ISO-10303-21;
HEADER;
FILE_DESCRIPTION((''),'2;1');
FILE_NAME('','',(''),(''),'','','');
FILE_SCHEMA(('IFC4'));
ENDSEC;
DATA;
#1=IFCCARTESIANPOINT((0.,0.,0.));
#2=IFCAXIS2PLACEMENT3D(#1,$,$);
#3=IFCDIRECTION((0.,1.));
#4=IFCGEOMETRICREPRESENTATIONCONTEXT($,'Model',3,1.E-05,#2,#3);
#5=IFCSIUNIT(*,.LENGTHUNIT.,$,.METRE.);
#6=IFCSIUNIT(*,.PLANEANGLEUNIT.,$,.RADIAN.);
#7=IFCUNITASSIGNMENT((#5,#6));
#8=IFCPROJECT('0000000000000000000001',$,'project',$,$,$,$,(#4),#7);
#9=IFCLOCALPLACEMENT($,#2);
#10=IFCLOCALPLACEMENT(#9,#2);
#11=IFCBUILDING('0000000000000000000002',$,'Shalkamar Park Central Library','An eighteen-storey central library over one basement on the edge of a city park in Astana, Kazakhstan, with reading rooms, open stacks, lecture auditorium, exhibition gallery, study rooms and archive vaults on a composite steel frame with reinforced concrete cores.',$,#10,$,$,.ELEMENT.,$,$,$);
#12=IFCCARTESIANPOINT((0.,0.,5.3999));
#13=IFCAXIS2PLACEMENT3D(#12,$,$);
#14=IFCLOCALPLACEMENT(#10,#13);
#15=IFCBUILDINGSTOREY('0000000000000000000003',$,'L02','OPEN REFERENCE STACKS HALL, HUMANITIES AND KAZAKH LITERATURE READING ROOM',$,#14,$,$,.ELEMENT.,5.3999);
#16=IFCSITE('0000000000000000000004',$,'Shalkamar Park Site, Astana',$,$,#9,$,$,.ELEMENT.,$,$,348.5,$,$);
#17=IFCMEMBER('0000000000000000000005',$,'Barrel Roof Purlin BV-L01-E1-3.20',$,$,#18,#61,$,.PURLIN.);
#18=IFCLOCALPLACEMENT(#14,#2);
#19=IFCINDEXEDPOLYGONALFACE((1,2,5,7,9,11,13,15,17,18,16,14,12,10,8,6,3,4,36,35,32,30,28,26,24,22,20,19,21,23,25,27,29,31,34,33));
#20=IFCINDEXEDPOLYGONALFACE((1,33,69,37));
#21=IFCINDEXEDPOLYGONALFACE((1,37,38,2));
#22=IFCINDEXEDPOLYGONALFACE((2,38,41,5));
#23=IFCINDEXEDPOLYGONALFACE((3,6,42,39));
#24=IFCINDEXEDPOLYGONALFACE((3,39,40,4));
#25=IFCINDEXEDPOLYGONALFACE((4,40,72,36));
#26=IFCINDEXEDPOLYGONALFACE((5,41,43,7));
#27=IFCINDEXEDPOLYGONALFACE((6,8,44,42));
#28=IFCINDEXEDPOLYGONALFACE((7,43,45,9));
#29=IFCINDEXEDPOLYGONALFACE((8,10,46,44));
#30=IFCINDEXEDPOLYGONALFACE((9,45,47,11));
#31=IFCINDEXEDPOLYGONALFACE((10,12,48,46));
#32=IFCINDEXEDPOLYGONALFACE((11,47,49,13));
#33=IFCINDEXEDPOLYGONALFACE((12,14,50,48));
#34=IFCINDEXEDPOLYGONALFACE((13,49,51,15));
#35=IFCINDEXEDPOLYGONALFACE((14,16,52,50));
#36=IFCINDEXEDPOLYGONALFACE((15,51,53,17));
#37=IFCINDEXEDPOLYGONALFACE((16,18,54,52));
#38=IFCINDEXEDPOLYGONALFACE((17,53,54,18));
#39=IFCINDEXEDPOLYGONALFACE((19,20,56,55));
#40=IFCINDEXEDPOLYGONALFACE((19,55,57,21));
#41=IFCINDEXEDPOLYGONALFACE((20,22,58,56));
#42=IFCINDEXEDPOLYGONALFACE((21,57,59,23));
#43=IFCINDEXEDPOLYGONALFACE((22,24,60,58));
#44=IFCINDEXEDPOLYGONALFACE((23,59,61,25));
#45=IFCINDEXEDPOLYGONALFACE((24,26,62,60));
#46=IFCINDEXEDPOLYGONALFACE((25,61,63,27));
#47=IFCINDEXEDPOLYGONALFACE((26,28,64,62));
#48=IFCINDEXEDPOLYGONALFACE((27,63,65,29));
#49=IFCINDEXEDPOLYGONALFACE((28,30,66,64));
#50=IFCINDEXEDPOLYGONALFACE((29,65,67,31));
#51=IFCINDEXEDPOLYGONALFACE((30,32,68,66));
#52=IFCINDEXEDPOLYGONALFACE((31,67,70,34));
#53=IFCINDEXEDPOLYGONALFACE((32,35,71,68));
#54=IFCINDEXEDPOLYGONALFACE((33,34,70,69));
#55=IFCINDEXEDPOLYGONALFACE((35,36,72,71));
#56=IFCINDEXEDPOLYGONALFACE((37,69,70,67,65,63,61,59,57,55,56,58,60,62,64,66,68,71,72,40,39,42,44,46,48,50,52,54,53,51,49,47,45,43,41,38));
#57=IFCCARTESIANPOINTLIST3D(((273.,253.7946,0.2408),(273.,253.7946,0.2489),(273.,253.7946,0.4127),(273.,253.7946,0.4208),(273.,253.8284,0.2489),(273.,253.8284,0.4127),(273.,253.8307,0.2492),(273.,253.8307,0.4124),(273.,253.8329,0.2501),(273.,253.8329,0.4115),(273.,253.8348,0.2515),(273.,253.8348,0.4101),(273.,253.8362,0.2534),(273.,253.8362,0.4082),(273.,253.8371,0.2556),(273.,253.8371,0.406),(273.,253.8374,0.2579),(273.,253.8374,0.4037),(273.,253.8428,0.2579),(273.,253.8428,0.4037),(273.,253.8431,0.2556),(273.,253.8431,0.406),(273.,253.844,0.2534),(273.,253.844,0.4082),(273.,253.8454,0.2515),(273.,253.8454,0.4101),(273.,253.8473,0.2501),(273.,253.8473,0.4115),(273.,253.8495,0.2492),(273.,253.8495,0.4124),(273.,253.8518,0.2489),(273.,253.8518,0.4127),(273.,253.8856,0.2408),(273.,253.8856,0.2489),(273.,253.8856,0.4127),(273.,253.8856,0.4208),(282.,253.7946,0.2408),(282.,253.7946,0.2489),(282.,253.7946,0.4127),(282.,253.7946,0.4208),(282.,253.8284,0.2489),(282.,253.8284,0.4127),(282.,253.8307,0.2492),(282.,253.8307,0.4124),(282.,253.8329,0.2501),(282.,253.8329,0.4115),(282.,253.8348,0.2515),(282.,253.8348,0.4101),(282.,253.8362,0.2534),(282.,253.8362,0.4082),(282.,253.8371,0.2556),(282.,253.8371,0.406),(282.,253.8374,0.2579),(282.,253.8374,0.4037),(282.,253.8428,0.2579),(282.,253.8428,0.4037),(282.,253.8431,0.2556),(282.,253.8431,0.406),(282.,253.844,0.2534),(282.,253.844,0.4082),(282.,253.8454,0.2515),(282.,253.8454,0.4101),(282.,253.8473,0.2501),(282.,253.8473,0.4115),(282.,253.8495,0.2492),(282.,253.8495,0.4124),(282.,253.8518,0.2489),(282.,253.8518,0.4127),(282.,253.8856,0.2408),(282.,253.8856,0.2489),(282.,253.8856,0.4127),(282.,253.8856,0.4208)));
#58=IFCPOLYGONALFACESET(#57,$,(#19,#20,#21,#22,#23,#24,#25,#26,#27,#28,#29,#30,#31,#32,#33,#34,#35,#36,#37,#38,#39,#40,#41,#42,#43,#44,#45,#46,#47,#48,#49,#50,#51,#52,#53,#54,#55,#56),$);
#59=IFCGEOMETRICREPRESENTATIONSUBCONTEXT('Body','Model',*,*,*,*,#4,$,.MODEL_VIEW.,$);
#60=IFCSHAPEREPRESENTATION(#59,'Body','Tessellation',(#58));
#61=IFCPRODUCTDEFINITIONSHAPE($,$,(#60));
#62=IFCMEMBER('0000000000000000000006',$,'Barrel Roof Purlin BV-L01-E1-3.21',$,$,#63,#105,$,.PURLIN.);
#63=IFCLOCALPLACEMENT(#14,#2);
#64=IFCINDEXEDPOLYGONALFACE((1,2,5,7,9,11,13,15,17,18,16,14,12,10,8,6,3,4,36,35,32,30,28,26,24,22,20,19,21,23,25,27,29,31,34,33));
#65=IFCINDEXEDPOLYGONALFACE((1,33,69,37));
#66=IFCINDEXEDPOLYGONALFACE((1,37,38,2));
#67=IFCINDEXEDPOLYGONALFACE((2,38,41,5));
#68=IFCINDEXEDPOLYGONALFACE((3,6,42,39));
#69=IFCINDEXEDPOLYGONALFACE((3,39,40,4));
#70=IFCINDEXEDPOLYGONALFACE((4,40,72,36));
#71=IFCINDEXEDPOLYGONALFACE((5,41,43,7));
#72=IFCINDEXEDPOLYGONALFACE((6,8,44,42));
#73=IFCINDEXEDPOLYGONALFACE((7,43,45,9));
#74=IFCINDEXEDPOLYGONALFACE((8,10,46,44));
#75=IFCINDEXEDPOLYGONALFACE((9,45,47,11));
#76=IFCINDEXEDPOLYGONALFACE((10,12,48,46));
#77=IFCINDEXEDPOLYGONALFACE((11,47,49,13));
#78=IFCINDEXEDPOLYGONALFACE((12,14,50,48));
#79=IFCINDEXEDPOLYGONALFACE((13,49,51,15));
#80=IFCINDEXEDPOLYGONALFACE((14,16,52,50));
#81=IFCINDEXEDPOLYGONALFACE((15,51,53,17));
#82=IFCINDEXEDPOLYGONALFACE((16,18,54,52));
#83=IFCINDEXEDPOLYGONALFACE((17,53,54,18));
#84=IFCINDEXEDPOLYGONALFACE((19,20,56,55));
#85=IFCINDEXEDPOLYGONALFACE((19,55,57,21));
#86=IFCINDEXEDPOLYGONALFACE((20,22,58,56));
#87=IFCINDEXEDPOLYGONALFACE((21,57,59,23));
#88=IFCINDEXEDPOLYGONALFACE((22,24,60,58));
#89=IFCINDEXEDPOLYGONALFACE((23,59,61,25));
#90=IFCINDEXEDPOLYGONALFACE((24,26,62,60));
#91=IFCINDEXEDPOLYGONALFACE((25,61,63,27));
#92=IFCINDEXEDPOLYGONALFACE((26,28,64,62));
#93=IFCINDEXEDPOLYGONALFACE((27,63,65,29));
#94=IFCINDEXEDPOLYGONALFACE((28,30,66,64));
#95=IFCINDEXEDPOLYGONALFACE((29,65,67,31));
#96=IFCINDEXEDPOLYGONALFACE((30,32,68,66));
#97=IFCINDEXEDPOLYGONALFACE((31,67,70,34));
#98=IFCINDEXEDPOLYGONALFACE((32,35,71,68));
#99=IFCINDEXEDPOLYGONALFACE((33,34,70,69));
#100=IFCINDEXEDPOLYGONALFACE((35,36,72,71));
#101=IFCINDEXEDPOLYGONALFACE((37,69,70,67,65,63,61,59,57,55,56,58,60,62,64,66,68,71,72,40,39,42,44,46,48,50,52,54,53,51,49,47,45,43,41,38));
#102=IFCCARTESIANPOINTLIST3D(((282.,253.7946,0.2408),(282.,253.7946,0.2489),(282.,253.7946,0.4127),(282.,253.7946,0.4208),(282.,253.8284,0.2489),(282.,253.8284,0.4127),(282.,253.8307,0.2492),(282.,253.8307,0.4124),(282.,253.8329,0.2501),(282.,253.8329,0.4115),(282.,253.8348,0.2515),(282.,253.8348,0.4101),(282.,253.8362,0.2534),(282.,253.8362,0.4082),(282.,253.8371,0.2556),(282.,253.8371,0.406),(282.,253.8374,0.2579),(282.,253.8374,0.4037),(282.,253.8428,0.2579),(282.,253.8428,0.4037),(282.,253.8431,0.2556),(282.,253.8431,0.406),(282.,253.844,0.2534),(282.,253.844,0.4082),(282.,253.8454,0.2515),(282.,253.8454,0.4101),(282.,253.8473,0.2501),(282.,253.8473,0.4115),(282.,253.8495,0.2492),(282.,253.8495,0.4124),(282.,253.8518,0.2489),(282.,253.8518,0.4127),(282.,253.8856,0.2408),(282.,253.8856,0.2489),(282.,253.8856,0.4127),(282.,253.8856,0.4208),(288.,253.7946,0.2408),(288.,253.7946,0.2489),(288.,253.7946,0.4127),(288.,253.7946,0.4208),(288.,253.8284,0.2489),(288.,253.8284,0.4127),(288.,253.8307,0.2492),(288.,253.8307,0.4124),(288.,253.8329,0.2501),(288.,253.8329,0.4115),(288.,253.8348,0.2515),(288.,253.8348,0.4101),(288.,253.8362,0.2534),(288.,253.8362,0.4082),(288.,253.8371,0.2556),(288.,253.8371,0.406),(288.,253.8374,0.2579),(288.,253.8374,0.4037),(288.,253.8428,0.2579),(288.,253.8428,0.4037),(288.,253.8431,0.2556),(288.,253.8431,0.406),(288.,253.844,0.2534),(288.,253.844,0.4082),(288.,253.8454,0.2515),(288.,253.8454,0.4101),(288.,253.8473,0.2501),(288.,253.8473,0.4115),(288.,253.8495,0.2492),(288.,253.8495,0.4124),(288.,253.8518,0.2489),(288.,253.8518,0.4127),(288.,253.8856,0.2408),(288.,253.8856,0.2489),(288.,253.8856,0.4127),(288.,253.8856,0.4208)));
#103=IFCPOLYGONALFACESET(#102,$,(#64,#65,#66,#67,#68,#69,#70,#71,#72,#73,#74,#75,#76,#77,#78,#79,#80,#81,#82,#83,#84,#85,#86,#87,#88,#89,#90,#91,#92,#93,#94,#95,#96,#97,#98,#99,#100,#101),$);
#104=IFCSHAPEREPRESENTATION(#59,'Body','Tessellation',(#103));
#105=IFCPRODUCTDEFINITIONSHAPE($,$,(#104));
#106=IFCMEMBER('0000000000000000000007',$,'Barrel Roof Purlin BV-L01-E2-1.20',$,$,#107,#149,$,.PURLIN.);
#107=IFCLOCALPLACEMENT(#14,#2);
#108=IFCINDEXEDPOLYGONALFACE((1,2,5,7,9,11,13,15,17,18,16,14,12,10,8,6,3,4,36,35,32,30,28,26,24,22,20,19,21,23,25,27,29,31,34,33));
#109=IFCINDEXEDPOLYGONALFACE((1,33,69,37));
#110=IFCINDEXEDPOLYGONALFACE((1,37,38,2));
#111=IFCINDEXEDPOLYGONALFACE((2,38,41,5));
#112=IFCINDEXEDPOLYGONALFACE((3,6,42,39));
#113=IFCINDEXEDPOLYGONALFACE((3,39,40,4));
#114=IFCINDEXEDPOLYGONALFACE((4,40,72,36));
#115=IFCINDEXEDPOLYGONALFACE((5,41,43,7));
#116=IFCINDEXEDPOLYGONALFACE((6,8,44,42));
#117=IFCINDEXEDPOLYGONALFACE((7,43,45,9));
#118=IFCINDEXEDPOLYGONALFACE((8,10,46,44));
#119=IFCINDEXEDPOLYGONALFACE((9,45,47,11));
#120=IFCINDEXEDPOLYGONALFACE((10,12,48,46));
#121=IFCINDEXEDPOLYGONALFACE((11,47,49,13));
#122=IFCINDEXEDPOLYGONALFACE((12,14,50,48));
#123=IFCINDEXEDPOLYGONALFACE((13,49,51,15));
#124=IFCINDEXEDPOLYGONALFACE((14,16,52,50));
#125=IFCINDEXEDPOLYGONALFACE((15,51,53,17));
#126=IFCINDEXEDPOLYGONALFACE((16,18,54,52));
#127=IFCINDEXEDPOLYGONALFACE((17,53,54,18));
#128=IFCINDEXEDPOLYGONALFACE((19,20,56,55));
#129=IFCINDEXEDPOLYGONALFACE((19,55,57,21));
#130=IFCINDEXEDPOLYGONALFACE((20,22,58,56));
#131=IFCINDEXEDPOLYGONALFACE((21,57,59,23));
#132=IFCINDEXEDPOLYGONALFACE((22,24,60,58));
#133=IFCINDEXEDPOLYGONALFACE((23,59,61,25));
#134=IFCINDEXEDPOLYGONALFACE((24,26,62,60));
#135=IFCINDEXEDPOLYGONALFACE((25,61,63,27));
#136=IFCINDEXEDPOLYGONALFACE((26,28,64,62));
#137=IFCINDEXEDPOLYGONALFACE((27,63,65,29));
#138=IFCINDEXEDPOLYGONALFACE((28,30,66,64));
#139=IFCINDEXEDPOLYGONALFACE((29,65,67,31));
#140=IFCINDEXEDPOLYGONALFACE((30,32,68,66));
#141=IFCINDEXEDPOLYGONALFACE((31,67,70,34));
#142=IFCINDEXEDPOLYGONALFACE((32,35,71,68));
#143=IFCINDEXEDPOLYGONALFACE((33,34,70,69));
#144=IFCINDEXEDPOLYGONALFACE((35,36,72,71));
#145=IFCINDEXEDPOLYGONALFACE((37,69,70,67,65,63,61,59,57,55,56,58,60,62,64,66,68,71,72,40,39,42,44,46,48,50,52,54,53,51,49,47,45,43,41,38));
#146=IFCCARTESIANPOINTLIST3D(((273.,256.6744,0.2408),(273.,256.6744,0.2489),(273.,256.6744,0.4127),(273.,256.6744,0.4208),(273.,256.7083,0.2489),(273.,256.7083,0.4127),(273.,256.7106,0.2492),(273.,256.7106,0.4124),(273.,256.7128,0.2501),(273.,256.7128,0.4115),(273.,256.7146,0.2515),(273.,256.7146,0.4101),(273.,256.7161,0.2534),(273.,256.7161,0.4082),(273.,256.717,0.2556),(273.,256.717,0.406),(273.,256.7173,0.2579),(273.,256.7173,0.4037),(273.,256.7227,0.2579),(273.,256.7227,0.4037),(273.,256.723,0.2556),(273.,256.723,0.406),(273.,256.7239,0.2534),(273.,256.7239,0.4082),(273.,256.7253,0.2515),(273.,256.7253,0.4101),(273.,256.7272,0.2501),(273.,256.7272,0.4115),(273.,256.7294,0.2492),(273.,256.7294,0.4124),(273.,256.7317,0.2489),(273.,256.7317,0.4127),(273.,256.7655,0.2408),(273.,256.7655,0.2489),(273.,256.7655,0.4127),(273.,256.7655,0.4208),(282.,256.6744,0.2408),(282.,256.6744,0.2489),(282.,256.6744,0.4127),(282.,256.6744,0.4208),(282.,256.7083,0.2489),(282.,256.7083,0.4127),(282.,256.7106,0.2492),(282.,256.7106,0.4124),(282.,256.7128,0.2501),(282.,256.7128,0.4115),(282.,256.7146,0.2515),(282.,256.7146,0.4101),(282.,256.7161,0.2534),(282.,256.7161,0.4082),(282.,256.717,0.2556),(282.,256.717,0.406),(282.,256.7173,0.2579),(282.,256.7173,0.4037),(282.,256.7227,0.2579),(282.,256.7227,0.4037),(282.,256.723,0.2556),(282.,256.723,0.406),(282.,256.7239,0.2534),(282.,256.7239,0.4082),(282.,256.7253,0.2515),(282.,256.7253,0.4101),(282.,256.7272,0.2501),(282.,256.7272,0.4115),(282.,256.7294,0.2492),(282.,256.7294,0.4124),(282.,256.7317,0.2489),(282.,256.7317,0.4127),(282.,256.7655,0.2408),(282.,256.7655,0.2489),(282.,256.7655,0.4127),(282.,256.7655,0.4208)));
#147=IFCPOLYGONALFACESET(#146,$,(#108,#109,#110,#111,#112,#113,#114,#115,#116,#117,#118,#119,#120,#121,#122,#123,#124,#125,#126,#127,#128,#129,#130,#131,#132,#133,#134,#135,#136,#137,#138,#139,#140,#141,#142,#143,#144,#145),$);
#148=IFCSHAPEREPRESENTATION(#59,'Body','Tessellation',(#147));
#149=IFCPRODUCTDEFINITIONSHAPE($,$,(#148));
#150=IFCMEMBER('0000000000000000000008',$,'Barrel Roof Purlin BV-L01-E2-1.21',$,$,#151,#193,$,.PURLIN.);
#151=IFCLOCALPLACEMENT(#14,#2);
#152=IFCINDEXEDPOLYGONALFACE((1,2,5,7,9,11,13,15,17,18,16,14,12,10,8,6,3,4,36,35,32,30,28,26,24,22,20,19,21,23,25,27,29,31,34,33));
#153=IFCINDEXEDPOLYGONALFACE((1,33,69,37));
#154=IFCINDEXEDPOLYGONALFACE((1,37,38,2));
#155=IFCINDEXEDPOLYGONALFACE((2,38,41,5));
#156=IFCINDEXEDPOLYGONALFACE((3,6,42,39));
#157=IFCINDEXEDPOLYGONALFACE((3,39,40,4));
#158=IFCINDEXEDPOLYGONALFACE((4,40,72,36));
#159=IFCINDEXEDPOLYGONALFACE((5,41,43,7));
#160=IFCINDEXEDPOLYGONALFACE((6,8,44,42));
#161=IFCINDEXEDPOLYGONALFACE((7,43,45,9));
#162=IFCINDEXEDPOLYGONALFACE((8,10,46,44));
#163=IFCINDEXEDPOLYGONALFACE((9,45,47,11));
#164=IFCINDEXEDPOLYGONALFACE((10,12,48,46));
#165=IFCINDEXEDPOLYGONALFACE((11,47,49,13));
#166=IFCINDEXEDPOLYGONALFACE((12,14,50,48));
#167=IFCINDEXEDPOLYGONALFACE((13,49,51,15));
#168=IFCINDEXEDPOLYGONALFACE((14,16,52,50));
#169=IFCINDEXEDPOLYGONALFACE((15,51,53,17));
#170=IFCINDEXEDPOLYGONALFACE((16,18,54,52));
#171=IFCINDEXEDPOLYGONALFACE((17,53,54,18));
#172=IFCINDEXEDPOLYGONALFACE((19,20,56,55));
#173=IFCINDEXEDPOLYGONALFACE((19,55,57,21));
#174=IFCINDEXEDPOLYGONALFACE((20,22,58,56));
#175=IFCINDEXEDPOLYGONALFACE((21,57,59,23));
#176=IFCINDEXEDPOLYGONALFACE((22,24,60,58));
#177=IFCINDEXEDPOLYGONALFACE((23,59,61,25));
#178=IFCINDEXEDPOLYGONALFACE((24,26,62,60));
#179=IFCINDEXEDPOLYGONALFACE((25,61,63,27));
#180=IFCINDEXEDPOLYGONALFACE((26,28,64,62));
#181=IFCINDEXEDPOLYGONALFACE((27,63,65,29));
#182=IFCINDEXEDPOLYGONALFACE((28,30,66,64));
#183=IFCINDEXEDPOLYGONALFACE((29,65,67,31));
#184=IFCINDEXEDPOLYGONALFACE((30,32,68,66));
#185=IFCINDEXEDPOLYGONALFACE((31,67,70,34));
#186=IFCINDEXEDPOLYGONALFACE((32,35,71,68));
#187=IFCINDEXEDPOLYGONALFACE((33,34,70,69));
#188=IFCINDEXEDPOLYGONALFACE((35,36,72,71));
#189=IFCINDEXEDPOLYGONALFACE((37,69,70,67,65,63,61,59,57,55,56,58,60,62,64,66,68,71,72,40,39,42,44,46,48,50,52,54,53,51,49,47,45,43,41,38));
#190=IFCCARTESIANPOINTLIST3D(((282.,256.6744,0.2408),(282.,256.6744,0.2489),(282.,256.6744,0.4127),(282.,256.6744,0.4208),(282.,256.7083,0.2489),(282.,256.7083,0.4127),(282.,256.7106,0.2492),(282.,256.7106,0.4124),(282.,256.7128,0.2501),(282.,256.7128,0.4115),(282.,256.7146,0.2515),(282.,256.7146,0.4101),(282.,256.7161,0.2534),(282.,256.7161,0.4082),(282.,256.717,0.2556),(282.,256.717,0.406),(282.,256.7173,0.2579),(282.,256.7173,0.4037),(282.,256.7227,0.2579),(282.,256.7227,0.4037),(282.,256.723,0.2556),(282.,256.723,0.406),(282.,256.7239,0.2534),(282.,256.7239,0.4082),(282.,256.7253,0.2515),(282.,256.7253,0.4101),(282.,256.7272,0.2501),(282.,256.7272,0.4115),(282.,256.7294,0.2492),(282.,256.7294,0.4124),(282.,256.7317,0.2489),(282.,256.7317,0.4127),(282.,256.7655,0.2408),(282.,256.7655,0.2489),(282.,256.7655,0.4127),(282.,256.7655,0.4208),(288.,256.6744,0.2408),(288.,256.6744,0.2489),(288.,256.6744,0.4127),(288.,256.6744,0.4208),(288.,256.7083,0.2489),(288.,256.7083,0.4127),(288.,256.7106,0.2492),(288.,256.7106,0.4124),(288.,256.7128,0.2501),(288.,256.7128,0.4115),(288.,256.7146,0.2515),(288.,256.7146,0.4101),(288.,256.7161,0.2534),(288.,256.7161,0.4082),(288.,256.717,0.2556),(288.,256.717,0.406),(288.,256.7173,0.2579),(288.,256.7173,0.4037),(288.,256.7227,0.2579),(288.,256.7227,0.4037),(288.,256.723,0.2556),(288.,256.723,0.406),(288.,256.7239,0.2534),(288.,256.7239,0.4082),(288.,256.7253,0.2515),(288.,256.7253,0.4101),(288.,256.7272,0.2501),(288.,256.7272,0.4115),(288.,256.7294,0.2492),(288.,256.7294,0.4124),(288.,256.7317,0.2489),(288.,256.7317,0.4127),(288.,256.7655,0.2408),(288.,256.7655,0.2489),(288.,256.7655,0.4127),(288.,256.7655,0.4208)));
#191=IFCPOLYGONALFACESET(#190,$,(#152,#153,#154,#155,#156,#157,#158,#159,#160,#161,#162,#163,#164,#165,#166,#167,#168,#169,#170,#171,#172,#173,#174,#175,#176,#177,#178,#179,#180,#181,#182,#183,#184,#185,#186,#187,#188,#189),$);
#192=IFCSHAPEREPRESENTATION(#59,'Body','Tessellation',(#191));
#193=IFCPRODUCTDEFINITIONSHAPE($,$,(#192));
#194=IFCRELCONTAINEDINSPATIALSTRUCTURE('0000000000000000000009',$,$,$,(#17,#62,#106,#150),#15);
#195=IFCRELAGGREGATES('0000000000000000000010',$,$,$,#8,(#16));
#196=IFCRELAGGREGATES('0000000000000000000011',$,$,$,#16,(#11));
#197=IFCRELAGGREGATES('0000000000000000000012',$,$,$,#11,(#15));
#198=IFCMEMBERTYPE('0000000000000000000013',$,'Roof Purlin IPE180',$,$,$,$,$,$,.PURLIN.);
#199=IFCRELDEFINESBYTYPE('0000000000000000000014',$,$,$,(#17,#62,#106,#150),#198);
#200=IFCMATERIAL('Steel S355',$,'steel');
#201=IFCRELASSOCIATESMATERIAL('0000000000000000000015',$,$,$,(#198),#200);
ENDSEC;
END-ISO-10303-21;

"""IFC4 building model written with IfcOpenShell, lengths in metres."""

from ifc_helpers import new_model, si_unit, direction, frame, origin, origin_2d, place, context, subcontext, project, spatial, i_section, extrude, material, material_profile, profile_set, type_object, element, save


model = new_model("IFC4")

# Units and contexts
model_context = context("Model", 3, precision=1e-05, world=origin(), true_north=direction((0.0, 1.0)))
body_context = subcontext(model_context, "Body", "Model", "MODEL_VIEW")
ifc_project = project(units=[si_unit("LENGTHUNIT", "METRE"), si_unit("PLANEANGLEUNIT", "RADIAN")], contexts=[model_context])

# Site, building, storey
site_placement = place(None, origin())
site = spatial("IfcSite", under=ifc_project, at=site_placement, Name="Shalkamar Park Site, Astana", CompositionType="ELEMENT", RefElevation=348.5)
building_placement = place(site_placement, origin())
building = spatial("IfcBuilding", under=site, at=building_placement, Name="Shalkamar Park Central Library", Description="An eighteen-storey central library over one basement on the edge of a city park in Astana, Kazakhstan, with reading rooms, open stacks, lecture auditorium, exhibition gallery, study rooms and archive vaults on a composite steel frame with reinforced concrete cores.", CompositionType="ELEMENT")
storey_placement = place(building_placement, frame((0.0, 0.0, 5.3999)))
storey = spatial("IfcBuildingStorey", under=building, at=storey_placement, Name="L02", Description="OPEN REFERENCE STACKS HALL, HUMANITIES AND KAZAKH LITERATURE READING ROOM", CompositionType="ELEMENT", Elevation=5.3999)

# Shared definitions
ifc_material_1 = material(Name="Steel S355", Category="steel")

# Members
ifc_material_profile_1 = material_profile(ifc_material_1, i_section(OverallWidth=0.0911, OverallDepth=0.1799, WebThickness=0.0054, FlangeThickness=0.0081, FilletRadius=0.009, at=origin_2d()), Name="IPE 180")
ifc_profile_set_1 = profile_set([ifc_material_profile_1], Name="Steel S355")
member_type_1 = type_object("IfcMemberType", Name="Roof Purlin IPE180", PredefinedType="PURLIN", material=ifc_profile_set_1)
member_1_placement = place(storey_placement, frame((273.0, 253.8401, 0.3308), z_axis=(1.0, 0.0, 0.0), x_axis=(0.0, 1.0, 0.0)))
element("IfcMember", 1, at=member_1_placement, inside=storey, type_object=member_type_1, Name="Barrel Roof Purlin BV-L01-E1-3.20", PredefinedType="PURLIN", context=body_context, shape_type="SweptSolid", body=[
    extrude(i_section(OverallWidth=0.0911, OverallDepth=0.1799, WebThickness=0.0054, FlangeThickness=0.0081, FilletRadius=0.009, at=origin_2d()), origin(), (0.0, 0.0, 1.0), 9.0),
])
member_2_placement = place(storey_placement, frame((282.0, 253.8401, 0.3308), z_axis=(1.0, 0.0, 0.0), x_axis=(0.0, 1.0, 0.0)))
element("IfcMember", 2, at=member_2_placement, inside=storey, type_object=member_type_1, Name="Barrel Roof Purlin BV-L01-E1-3.21", PredefinedType="PURLIN", context=body_context, shape_type="SweptSolid", body=[
    extrude(i_section(OverallWidth=0.0911, OverallDepth=0.1799, WebThickness=0.0054, FlangeThickness=0.0081, FilletRadius=0.009, at=origin_2d()), origin(), (0.0, 0.0, 1.0), 6.0),
])
member_3_placement = place(storey_placement, frame((273.0, 256.72, 0.3308), z_axis=(1.0, 0.0, 0.0), x_axis=(0.0, 1.0, 0.0)))
element("IfcMember", 3, at=member_3_placement, inside=storey, type_object=member_type_1, Name="Barrel Roof Purlin BV-L01-E2-1.20", PredefinedType="PURLIN", context=body_context, shape_type="SweptSolid", body=[
    extrude(i_section(OverallWidth=0.0911, OverallDepth=0.1799, WebThickness=0.0054, FlangeThickness=0.0081, FilletRadius=0.009, at=origin_2d()), origin(), (0.0, 0.0, 1.0), 9.0),
])
member_4_placement = place(storey_placement, frame((282.0, 256.72, 0.3308), z_axis=(1.0, 0.0, 0.0), x_axis=(0.0, 1.0, 0.0)))
element("IfcMember", 4, at=member_4_placement, inside=storey, type_object=member_type_1, Name="Barrel Roof Purlin BV-L01-E2-1.21", PredefinedType="PURLIN", context=body_context, shape_type="SweptSolid", body=[
    extrude(i_section(OverallWidth=0.0911, OverallDepth=0.1799, WebThickness=0.0054, FlangeThickness=0.0081, FilletRadius=0.009, at=origin_2d()), origin(), (0.0, 0.0, 1.0), 6.0),
])

save(model, "model.ifc")
